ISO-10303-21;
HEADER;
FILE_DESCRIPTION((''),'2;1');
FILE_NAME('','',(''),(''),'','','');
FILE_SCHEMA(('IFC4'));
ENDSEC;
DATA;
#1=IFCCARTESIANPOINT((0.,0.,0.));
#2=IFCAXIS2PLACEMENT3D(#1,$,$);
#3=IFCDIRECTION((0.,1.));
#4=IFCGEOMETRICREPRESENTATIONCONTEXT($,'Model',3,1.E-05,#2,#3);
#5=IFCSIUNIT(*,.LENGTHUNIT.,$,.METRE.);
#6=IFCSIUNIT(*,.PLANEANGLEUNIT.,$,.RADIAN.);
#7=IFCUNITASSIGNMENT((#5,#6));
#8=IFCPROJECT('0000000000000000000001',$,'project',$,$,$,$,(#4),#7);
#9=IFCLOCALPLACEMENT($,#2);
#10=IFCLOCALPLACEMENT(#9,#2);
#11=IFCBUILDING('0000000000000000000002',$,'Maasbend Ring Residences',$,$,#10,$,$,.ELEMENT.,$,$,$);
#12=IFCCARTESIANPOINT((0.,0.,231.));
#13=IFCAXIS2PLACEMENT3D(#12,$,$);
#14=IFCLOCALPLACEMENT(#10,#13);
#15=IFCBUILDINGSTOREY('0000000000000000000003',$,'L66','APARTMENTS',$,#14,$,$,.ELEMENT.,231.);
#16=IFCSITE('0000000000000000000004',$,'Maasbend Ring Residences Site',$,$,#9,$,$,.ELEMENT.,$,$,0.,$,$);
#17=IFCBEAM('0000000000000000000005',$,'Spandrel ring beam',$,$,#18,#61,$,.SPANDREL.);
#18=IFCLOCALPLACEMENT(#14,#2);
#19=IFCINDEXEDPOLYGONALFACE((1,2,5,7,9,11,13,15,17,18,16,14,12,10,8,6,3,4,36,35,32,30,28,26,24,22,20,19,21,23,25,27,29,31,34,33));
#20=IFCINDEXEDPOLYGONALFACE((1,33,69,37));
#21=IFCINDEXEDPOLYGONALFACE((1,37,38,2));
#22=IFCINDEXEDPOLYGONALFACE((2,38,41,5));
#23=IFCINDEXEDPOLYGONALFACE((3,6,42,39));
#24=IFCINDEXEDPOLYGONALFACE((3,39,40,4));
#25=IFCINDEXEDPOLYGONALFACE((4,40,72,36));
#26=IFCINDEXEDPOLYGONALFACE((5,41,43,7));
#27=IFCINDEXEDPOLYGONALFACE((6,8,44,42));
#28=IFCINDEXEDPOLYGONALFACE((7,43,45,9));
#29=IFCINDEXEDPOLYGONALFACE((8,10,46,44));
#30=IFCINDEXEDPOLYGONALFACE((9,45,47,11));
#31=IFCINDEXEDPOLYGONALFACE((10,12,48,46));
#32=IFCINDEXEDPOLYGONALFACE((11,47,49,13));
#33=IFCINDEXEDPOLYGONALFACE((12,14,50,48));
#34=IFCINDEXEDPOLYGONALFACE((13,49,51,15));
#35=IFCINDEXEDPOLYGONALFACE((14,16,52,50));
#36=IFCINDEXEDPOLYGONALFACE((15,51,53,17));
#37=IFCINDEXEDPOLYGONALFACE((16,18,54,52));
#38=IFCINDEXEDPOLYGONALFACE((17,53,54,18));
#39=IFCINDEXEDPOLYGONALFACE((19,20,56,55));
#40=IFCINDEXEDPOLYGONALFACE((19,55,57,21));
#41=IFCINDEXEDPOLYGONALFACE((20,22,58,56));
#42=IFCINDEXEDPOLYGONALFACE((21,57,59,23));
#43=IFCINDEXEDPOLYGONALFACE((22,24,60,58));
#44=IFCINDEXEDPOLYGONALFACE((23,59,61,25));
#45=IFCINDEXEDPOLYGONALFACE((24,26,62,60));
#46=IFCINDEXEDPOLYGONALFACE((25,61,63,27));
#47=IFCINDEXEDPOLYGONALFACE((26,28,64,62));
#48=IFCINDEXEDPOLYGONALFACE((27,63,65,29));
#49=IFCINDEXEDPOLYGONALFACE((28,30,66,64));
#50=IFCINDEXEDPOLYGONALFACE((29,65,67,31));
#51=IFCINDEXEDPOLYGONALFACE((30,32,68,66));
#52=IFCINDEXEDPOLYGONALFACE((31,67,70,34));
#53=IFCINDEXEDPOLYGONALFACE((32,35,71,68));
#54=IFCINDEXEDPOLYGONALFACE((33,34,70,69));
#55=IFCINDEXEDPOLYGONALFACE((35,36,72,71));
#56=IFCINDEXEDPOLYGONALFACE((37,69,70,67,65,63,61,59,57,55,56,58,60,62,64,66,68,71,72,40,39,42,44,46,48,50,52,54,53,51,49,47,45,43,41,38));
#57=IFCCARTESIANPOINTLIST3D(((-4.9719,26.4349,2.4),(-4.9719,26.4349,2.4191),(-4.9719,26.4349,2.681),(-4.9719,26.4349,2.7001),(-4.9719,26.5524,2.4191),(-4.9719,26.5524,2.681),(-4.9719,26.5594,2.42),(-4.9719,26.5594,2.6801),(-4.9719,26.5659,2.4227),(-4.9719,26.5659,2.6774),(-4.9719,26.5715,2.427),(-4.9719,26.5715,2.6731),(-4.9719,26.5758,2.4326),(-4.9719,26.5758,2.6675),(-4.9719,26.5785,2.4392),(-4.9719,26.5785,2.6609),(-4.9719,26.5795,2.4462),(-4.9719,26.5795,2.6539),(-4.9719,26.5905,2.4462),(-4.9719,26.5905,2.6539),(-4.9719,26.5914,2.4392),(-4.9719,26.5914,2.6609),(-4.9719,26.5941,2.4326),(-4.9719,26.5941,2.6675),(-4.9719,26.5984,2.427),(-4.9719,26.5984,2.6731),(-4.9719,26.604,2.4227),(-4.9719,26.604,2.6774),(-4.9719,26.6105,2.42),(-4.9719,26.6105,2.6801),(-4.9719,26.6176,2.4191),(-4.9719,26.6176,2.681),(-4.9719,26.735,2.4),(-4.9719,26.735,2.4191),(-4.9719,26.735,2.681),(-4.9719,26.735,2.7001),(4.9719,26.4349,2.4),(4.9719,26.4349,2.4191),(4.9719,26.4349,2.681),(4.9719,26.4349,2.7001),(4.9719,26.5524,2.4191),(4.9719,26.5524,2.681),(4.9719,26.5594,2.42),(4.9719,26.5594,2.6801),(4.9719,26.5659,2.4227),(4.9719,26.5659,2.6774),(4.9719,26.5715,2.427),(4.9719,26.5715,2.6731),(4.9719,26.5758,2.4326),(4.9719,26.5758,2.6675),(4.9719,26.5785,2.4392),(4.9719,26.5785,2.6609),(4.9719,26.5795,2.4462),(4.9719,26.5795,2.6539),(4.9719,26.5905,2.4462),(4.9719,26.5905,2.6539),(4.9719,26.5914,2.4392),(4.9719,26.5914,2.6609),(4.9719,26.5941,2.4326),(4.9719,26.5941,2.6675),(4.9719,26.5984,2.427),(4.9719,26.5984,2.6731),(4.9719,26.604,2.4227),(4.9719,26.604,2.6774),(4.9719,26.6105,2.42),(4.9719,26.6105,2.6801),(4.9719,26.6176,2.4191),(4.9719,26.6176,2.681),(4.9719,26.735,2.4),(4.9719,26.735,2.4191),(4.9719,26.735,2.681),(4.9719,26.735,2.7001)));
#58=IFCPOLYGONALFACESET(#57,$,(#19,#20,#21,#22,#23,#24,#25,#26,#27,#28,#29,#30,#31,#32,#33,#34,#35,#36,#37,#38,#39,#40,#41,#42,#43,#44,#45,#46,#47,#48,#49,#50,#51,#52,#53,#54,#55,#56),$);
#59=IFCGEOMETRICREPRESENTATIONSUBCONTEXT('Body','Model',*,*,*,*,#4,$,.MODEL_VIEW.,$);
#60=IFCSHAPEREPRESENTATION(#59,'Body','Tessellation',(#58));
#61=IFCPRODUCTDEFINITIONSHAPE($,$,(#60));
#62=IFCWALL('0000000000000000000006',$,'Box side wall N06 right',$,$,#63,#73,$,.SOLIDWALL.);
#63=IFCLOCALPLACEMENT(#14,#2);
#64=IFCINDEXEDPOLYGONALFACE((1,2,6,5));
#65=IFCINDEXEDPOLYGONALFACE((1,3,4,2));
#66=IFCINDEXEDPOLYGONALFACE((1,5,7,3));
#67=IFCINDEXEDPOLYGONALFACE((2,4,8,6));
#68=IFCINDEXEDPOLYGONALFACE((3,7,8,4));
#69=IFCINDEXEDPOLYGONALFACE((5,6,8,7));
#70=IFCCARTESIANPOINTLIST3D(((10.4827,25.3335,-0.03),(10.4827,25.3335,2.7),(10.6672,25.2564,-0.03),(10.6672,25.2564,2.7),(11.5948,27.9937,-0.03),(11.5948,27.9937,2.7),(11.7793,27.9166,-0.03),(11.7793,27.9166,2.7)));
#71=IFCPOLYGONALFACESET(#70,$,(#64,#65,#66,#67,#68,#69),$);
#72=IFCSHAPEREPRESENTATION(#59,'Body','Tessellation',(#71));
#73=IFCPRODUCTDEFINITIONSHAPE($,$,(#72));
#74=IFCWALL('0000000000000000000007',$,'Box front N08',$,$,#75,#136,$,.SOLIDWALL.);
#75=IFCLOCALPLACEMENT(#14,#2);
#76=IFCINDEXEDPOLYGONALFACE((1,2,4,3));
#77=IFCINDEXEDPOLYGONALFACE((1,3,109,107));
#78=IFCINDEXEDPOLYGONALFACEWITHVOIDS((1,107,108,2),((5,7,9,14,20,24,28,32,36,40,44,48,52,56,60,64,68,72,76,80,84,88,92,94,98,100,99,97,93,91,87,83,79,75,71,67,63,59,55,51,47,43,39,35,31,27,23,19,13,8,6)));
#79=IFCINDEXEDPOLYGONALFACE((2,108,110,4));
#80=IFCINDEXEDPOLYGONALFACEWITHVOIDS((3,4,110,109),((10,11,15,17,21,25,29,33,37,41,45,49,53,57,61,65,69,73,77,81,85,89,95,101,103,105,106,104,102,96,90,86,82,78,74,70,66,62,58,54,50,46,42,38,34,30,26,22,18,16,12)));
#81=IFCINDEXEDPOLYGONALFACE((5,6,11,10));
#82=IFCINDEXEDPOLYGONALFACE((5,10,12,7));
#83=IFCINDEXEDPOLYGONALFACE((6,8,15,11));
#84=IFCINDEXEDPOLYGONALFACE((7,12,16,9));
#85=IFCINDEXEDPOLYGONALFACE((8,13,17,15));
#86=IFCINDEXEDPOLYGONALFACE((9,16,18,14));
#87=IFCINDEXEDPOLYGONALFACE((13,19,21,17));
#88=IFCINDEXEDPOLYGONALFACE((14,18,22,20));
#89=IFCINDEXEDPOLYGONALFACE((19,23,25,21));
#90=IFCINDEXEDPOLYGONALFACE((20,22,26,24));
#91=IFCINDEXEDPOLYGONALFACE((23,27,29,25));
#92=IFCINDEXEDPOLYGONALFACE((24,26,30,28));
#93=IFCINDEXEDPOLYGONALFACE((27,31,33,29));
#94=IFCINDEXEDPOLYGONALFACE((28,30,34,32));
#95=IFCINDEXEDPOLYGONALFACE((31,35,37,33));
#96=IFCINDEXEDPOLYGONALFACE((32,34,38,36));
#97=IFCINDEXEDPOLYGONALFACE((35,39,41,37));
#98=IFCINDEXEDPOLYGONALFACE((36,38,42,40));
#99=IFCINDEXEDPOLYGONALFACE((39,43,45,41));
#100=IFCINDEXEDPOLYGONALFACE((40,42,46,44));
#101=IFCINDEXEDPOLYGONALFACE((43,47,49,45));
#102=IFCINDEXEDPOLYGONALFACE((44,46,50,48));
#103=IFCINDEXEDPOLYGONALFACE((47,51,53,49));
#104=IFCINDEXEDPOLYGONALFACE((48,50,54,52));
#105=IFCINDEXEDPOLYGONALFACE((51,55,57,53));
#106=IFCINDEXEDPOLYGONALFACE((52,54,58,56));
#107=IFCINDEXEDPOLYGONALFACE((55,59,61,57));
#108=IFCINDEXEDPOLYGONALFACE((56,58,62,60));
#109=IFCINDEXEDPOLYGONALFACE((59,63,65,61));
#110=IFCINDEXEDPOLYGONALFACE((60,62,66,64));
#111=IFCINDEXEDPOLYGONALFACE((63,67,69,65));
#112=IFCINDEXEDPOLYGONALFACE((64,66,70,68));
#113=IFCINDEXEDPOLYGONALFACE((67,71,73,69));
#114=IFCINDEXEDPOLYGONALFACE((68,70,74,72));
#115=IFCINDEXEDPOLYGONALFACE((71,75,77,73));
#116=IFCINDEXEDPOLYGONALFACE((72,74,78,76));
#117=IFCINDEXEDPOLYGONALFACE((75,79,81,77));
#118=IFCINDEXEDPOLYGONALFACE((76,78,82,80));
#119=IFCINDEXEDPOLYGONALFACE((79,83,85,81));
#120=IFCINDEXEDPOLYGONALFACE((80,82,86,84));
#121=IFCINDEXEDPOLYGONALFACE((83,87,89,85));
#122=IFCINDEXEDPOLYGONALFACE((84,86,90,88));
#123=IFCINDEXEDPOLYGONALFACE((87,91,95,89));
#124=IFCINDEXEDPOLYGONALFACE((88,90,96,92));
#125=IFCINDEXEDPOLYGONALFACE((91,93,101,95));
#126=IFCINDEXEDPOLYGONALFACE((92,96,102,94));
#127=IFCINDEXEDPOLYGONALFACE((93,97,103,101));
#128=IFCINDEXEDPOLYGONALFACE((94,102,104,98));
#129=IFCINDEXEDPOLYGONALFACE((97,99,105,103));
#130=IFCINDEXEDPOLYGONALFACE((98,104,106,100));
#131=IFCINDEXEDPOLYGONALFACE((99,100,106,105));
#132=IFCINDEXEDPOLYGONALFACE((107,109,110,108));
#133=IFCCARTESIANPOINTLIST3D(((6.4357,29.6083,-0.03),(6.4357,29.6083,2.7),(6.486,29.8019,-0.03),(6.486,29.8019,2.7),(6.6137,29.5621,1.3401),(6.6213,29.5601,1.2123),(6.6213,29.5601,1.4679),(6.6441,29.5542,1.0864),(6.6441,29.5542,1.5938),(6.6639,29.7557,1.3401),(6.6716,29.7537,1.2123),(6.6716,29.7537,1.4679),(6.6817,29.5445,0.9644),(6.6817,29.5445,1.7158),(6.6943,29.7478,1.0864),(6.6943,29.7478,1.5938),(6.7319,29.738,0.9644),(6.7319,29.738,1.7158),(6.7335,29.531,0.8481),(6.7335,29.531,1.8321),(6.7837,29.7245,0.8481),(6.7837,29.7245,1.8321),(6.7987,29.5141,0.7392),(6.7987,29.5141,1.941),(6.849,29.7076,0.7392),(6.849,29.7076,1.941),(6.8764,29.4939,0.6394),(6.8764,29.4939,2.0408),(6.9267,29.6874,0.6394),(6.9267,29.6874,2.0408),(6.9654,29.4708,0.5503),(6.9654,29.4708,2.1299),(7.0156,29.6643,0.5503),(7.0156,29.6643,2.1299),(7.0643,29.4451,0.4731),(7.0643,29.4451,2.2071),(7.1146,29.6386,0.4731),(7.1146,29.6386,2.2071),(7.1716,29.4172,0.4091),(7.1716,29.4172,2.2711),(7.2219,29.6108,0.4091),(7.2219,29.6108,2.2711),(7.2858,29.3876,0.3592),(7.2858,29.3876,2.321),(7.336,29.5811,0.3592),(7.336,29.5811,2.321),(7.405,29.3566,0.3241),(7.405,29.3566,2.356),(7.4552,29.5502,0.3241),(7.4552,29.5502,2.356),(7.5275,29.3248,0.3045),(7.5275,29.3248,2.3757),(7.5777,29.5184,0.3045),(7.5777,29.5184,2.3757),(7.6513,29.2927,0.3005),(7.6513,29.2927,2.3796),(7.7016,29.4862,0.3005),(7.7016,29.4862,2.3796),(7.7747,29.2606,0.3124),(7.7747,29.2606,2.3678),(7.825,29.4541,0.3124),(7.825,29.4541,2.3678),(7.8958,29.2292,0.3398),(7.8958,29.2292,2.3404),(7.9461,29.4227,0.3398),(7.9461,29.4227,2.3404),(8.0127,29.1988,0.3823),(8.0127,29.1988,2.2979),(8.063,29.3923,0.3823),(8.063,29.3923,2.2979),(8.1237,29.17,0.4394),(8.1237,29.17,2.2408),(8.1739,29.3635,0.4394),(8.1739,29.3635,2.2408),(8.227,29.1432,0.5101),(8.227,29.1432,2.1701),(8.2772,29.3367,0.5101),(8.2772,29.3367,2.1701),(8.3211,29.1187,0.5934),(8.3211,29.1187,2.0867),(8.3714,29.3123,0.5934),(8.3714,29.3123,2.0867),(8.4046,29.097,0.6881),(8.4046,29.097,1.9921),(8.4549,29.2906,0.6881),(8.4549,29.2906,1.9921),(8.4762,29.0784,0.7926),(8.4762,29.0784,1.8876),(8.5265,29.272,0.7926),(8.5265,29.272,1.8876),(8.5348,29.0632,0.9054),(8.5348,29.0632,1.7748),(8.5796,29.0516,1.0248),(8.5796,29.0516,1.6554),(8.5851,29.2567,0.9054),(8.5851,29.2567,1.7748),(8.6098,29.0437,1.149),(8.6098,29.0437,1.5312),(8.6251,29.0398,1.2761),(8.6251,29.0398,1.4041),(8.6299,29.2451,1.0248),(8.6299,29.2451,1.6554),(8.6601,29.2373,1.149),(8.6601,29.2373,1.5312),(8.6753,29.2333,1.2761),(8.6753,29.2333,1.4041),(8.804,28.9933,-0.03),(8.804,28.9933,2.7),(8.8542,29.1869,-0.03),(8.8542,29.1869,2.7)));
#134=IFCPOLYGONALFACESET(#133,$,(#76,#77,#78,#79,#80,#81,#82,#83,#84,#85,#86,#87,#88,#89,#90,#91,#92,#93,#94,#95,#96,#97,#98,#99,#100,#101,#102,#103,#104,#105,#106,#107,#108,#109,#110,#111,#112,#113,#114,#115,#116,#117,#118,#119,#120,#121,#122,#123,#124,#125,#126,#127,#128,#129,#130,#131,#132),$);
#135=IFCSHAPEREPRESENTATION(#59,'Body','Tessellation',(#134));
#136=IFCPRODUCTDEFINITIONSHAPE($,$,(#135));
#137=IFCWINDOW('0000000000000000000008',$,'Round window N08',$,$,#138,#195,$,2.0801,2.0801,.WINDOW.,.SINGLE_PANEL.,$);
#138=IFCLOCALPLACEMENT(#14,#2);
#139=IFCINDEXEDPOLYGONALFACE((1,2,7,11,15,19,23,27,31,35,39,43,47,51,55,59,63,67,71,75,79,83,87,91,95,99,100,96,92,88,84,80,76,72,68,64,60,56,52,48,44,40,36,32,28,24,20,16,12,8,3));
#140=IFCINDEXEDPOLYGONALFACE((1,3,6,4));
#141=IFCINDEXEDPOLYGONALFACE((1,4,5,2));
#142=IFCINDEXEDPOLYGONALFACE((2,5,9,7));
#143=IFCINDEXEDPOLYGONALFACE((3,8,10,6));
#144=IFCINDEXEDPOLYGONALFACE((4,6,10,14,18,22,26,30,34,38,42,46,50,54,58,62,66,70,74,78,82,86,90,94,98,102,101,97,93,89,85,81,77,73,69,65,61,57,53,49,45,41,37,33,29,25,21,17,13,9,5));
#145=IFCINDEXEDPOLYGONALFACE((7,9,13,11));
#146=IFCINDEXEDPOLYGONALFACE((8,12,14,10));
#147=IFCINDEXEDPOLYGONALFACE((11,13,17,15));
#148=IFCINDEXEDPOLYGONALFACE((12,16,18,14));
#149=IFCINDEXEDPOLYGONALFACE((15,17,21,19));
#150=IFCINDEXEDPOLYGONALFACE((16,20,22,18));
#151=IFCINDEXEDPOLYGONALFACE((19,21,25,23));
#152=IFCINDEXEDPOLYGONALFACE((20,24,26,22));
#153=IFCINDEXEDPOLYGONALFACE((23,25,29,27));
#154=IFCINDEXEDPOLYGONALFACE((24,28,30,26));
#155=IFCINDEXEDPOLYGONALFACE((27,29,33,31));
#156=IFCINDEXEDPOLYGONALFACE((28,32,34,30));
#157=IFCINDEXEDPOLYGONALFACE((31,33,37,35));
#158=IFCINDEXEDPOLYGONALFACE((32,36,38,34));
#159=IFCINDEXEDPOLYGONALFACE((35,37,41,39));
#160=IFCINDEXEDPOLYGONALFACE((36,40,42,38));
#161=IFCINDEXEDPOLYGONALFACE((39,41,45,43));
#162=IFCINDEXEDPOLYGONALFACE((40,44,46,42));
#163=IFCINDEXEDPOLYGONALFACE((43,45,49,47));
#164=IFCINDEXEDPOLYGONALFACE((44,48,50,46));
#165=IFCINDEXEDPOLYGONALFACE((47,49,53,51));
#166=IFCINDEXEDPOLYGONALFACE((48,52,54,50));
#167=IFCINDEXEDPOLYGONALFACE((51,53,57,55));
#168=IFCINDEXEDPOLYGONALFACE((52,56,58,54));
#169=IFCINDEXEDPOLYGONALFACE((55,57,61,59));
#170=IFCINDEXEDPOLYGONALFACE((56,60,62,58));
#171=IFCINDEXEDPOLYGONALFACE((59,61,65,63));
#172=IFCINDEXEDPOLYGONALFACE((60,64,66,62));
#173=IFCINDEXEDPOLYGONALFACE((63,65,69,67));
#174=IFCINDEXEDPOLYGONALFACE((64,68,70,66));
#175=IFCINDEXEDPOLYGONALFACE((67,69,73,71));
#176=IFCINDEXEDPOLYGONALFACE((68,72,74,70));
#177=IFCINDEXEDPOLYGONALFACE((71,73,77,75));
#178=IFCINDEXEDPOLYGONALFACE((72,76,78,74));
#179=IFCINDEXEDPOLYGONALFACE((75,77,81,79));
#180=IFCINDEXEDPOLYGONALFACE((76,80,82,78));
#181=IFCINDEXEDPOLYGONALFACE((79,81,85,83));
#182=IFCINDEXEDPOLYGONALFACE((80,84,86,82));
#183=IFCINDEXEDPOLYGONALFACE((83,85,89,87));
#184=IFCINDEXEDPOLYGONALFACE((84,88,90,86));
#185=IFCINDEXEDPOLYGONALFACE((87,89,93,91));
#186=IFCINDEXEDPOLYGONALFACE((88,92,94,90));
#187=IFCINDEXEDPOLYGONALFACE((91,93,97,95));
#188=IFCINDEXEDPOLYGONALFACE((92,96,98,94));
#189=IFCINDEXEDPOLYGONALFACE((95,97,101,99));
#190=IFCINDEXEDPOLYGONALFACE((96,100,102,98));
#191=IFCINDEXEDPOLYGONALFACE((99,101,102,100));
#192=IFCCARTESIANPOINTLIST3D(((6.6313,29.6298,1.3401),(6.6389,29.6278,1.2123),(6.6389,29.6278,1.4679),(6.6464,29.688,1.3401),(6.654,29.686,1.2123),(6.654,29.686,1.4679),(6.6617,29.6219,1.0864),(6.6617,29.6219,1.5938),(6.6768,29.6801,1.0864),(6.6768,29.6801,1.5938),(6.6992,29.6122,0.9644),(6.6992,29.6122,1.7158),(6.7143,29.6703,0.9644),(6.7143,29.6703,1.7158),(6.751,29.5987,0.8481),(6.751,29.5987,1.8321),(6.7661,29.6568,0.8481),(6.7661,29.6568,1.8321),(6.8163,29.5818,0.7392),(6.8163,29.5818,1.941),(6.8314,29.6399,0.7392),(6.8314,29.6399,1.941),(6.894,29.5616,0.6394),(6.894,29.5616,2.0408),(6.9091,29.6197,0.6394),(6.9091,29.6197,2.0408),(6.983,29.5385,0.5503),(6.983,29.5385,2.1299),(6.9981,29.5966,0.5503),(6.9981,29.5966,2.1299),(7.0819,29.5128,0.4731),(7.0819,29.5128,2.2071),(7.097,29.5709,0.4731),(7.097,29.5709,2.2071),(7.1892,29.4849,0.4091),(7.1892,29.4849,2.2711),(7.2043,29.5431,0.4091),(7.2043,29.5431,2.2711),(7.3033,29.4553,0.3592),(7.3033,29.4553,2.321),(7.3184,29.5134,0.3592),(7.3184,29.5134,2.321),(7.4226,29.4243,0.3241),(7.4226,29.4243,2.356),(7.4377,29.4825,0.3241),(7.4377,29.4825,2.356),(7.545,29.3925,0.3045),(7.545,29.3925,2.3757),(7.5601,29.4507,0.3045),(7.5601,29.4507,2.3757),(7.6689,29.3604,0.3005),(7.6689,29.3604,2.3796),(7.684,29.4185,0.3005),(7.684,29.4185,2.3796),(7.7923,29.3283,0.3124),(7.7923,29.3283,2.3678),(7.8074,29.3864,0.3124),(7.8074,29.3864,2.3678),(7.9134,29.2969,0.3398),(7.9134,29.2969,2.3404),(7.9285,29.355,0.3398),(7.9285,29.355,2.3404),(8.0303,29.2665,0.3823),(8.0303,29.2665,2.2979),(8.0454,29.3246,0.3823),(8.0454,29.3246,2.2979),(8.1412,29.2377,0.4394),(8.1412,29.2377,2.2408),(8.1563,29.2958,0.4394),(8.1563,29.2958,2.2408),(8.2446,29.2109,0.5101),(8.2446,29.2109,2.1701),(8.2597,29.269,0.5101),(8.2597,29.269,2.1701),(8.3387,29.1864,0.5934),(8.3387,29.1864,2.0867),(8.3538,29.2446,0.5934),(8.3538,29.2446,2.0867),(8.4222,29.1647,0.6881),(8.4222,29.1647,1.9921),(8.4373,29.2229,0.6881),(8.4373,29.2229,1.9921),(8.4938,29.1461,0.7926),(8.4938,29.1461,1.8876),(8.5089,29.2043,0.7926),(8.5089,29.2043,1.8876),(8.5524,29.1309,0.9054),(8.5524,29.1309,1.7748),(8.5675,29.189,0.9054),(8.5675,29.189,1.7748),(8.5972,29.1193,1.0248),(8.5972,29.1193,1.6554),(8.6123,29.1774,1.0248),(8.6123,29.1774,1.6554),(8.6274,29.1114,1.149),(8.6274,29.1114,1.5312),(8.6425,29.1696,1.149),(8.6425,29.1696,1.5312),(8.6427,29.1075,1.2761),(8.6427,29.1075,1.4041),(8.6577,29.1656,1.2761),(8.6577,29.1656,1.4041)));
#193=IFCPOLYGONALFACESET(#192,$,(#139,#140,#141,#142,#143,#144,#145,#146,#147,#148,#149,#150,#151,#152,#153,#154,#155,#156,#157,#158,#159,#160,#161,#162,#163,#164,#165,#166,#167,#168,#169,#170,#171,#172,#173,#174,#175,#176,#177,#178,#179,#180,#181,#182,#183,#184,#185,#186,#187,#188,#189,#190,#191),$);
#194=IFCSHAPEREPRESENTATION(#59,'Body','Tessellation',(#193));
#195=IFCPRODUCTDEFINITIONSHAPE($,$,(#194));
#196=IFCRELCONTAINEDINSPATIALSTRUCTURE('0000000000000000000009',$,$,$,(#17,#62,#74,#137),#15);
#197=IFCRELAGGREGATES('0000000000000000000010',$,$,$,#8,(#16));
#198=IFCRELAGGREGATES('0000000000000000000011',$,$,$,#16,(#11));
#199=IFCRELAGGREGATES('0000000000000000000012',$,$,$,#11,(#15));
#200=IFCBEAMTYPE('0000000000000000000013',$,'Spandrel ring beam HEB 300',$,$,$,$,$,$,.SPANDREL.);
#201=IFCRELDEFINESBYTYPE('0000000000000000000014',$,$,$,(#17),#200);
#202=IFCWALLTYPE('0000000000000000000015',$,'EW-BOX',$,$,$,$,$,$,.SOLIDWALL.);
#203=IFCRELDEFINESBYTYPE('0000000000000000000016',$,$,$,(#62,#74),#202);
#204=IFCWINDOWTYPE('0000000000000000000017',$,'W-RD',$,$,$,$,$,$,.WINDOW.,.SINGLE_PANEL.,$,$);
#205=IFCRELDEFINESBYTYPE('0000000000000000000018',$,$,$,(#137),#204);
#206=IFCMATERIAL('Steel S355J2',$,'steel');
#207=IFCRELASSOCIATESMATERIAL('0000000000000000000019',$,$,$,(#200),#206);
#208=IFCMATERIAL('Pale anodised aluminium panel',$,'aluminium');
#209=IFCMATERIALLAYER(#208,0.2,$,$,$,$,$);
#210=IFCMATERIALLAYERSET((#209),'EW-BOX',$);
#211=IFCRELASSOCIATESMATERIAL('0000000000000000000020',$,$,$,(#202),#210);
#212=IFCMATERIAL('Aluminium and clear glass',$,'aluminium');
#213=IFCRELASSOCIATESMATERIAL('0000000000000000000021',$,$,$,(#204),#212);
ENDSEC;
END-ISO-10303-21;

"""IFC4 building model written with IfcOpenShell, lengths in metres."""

from ifc_helpers import new_model, si_unit, direction, frame, frame_2d, origin, origin_2d, place, context, subcontext, project, spatial, rectangle, circle, i_section, extrude, material, layer, layer_set, material_profile, profile_set, type_object, element, fill, save


model = new_model("IFC4")

# Units and contexts
model_context = context("Model", 3, precision=1e-05, world=origin(), true_north=direction((0.0, 1.0)))
body_context = subcontext(model_context, "Body", "Model", "MODEL_VIEW")
ifc_project = project(units=[si_unit("LENGTHUNIT", "METRE"), si_unit("PLANEANGLEUNIT", "RADIAN")], contexts=[model_context])

# Site, building, storey
site_placement = place(None, origin())
site = spatial("IfcSite", under=ifc_project, at=site_placement, Name="Maasbend Ring Residences Site", CompositionType="ELEMENT", RefElevation=0.0)
building_placement = place(site_placement, origin())
building = spatial("IfcBuilding", under=site, at=building_placement, Name="Maasbend Ring Residences", CompositionType="ELEMENT")
storey_placement = place(building_placement, frame((0.0, 0.0, 231.0)))
storey = spatial("IfcBuildingStorey", under=building, at=storey_placement, Name="L66", Description="APARTMENTS", CompositionType="ELEMENT", Elevation=231.0)

# Beam
ifc_material_1 = material(Name="Steel S355J2", Category="steel")
ifc_material_profile_1 = material_profile(ifc_material_1, i_section(OverallWidth=0.3, OverallDepth=0.3, WebThickness=0.011, FlangeThickness=0.019, FilletRadius=0.0271, at=origin_2d()), Name="HEB 300")
ifc_profile_set_1 = profile_set([ifc_material_profile_1], Name="Steel S355J2")
beam_type = type_object("IfcBeamType", Name="Spandrel ring beam HEB 300", PredefinedType="SPANDREL", material=ifc_profile_set_1)
beam_placement = place(storey_placement, frame((4.9719, 26.585, 2.55), z_axis=(-1.0, 0.0, 0.0), x_axis=(0.0, -1.0, 0.0)))
element("IfcBeam", 1, at=beam_placement, inside=storey, type_object=beam_type, Name="Spandrel ring beam", PredefinedType="SPANDREL", context=body_context, shape_type="SweptSolid", body=[
    extrude(i_section(OverallWidth=0.3, OverallDepth=0.3, WebThickness=0.011, FlangeThickness=0.019, FilletRadius=0.0271, at=origin_2d()), origin(), (0.0, 0.0, 1.0), 9.9438),
])

# Wall
ifc_material_2 = material(Name="Pale anodised aluminium panel", Category="aluminium")
ifc_layer_1 = layer(ifc_material_2, 0.2)
ifc_layer_set_1 = layer_set([ifc_layer_1], Name="EW-BOX")
wall_type_1 = type_object("IfcWallType", Name="EW-BOX", PredefinedType="SOLIDWALL", material=ifc_layer_set_1)
wall_1_placement = place(storey_placement, frame((10.575, 25.2949, -0.03), z_axis=(0.0, 0.0, 1.0), x_axis=(0.385697, 0.922625, 0.0)))
element("IfcWall", 2, at=wall_1_placement, inside=storey, type_object=wall_type_1, Name="Box side wall N06 right", PredefinedType="SOLIDWALL", context=body_context, shape_type="SweptSolid", body=[
    extrude(rectangle(XDim=2.8833, YDim=0.2, at=frame_2d((1.4417, 0.0))), origin(), (0.0, 0.0, 1.0), 2.73),
])

# Wall, opening, window
wall_2_placement = place(storey_placement, frame((8.8291, 29.0901, -0.03), z_axis=(0.0, 0.0, 1.0), x_axis=(-0.967895, 0.251353, 0.0)))
wall_2 = element("IfcWall", 3, at=wall_2_placement, inside=storey, type_object=wall_type_1, Name="Box front N08", PredefinedType="SOLIDWALL", context=body_context, shape_type="SweptSolid", body=[
    extrude(rectangle(XDim=2.4468, YDim=0.2, at=frame_2d((1.2234, 0.0))), origin(), (0.0, 0.0, 1.0), 2.73),
])
opening_1_placement = place(wall_2_placement, frame((0.1829, 0.0, 0.3301)))
opening_1 = element("IfcOpeningElement", 4, at=opening_1_placement, cuts=wall_2, PredefinedType="OPENING", context=body_context, shape_type="SweptSolid", body=[
    extrude(circle(Radius=1.04, at=frame_2d((1.04, 1.04))), frame((0.0, 0.1099, 0.0), z_axis=(0.0, -1.0, 0.0), x_axis=(1.0, 0.0, 0.0)), (0.0, 0.0, 1.0), 0.22),
])
ifc_material_3 = material(Name="Aluminium and clear glass", Category="aluminium")
window_type_1 = type_object("IfcWindowType", Name="W-RD", PartitioningType="SINGLE_PANEL", PredefinedType="WINDOW", material=ifc_material_3)
window_1_placement = place(opening_1_placement, origin())
window_1 = element("IfcWindow", 5, at=window_1_placement, inside=storey, type_object=window_type_1, Name="Round window N08", OverallHeight=2.0801, OverallWidth=2.0801, PartitioningType="SINGLE_PANEL", PredefinedType="WINDOW", context=body_context, shape_type="SweptSolid", body=[
    extrude(circle(Radius=1.04, at=frame_2d((1.04, 1.04))), frame((0.0, 0.03, 0.0), z_axis=(0.0, -1.0, 0.0), x_axis=(1.0, 0.0, 0.0)), (0.0, 0.0, 1.0), 0.0601),
])
fill(opening_1, window_1)

save(model, "model.ifc")
